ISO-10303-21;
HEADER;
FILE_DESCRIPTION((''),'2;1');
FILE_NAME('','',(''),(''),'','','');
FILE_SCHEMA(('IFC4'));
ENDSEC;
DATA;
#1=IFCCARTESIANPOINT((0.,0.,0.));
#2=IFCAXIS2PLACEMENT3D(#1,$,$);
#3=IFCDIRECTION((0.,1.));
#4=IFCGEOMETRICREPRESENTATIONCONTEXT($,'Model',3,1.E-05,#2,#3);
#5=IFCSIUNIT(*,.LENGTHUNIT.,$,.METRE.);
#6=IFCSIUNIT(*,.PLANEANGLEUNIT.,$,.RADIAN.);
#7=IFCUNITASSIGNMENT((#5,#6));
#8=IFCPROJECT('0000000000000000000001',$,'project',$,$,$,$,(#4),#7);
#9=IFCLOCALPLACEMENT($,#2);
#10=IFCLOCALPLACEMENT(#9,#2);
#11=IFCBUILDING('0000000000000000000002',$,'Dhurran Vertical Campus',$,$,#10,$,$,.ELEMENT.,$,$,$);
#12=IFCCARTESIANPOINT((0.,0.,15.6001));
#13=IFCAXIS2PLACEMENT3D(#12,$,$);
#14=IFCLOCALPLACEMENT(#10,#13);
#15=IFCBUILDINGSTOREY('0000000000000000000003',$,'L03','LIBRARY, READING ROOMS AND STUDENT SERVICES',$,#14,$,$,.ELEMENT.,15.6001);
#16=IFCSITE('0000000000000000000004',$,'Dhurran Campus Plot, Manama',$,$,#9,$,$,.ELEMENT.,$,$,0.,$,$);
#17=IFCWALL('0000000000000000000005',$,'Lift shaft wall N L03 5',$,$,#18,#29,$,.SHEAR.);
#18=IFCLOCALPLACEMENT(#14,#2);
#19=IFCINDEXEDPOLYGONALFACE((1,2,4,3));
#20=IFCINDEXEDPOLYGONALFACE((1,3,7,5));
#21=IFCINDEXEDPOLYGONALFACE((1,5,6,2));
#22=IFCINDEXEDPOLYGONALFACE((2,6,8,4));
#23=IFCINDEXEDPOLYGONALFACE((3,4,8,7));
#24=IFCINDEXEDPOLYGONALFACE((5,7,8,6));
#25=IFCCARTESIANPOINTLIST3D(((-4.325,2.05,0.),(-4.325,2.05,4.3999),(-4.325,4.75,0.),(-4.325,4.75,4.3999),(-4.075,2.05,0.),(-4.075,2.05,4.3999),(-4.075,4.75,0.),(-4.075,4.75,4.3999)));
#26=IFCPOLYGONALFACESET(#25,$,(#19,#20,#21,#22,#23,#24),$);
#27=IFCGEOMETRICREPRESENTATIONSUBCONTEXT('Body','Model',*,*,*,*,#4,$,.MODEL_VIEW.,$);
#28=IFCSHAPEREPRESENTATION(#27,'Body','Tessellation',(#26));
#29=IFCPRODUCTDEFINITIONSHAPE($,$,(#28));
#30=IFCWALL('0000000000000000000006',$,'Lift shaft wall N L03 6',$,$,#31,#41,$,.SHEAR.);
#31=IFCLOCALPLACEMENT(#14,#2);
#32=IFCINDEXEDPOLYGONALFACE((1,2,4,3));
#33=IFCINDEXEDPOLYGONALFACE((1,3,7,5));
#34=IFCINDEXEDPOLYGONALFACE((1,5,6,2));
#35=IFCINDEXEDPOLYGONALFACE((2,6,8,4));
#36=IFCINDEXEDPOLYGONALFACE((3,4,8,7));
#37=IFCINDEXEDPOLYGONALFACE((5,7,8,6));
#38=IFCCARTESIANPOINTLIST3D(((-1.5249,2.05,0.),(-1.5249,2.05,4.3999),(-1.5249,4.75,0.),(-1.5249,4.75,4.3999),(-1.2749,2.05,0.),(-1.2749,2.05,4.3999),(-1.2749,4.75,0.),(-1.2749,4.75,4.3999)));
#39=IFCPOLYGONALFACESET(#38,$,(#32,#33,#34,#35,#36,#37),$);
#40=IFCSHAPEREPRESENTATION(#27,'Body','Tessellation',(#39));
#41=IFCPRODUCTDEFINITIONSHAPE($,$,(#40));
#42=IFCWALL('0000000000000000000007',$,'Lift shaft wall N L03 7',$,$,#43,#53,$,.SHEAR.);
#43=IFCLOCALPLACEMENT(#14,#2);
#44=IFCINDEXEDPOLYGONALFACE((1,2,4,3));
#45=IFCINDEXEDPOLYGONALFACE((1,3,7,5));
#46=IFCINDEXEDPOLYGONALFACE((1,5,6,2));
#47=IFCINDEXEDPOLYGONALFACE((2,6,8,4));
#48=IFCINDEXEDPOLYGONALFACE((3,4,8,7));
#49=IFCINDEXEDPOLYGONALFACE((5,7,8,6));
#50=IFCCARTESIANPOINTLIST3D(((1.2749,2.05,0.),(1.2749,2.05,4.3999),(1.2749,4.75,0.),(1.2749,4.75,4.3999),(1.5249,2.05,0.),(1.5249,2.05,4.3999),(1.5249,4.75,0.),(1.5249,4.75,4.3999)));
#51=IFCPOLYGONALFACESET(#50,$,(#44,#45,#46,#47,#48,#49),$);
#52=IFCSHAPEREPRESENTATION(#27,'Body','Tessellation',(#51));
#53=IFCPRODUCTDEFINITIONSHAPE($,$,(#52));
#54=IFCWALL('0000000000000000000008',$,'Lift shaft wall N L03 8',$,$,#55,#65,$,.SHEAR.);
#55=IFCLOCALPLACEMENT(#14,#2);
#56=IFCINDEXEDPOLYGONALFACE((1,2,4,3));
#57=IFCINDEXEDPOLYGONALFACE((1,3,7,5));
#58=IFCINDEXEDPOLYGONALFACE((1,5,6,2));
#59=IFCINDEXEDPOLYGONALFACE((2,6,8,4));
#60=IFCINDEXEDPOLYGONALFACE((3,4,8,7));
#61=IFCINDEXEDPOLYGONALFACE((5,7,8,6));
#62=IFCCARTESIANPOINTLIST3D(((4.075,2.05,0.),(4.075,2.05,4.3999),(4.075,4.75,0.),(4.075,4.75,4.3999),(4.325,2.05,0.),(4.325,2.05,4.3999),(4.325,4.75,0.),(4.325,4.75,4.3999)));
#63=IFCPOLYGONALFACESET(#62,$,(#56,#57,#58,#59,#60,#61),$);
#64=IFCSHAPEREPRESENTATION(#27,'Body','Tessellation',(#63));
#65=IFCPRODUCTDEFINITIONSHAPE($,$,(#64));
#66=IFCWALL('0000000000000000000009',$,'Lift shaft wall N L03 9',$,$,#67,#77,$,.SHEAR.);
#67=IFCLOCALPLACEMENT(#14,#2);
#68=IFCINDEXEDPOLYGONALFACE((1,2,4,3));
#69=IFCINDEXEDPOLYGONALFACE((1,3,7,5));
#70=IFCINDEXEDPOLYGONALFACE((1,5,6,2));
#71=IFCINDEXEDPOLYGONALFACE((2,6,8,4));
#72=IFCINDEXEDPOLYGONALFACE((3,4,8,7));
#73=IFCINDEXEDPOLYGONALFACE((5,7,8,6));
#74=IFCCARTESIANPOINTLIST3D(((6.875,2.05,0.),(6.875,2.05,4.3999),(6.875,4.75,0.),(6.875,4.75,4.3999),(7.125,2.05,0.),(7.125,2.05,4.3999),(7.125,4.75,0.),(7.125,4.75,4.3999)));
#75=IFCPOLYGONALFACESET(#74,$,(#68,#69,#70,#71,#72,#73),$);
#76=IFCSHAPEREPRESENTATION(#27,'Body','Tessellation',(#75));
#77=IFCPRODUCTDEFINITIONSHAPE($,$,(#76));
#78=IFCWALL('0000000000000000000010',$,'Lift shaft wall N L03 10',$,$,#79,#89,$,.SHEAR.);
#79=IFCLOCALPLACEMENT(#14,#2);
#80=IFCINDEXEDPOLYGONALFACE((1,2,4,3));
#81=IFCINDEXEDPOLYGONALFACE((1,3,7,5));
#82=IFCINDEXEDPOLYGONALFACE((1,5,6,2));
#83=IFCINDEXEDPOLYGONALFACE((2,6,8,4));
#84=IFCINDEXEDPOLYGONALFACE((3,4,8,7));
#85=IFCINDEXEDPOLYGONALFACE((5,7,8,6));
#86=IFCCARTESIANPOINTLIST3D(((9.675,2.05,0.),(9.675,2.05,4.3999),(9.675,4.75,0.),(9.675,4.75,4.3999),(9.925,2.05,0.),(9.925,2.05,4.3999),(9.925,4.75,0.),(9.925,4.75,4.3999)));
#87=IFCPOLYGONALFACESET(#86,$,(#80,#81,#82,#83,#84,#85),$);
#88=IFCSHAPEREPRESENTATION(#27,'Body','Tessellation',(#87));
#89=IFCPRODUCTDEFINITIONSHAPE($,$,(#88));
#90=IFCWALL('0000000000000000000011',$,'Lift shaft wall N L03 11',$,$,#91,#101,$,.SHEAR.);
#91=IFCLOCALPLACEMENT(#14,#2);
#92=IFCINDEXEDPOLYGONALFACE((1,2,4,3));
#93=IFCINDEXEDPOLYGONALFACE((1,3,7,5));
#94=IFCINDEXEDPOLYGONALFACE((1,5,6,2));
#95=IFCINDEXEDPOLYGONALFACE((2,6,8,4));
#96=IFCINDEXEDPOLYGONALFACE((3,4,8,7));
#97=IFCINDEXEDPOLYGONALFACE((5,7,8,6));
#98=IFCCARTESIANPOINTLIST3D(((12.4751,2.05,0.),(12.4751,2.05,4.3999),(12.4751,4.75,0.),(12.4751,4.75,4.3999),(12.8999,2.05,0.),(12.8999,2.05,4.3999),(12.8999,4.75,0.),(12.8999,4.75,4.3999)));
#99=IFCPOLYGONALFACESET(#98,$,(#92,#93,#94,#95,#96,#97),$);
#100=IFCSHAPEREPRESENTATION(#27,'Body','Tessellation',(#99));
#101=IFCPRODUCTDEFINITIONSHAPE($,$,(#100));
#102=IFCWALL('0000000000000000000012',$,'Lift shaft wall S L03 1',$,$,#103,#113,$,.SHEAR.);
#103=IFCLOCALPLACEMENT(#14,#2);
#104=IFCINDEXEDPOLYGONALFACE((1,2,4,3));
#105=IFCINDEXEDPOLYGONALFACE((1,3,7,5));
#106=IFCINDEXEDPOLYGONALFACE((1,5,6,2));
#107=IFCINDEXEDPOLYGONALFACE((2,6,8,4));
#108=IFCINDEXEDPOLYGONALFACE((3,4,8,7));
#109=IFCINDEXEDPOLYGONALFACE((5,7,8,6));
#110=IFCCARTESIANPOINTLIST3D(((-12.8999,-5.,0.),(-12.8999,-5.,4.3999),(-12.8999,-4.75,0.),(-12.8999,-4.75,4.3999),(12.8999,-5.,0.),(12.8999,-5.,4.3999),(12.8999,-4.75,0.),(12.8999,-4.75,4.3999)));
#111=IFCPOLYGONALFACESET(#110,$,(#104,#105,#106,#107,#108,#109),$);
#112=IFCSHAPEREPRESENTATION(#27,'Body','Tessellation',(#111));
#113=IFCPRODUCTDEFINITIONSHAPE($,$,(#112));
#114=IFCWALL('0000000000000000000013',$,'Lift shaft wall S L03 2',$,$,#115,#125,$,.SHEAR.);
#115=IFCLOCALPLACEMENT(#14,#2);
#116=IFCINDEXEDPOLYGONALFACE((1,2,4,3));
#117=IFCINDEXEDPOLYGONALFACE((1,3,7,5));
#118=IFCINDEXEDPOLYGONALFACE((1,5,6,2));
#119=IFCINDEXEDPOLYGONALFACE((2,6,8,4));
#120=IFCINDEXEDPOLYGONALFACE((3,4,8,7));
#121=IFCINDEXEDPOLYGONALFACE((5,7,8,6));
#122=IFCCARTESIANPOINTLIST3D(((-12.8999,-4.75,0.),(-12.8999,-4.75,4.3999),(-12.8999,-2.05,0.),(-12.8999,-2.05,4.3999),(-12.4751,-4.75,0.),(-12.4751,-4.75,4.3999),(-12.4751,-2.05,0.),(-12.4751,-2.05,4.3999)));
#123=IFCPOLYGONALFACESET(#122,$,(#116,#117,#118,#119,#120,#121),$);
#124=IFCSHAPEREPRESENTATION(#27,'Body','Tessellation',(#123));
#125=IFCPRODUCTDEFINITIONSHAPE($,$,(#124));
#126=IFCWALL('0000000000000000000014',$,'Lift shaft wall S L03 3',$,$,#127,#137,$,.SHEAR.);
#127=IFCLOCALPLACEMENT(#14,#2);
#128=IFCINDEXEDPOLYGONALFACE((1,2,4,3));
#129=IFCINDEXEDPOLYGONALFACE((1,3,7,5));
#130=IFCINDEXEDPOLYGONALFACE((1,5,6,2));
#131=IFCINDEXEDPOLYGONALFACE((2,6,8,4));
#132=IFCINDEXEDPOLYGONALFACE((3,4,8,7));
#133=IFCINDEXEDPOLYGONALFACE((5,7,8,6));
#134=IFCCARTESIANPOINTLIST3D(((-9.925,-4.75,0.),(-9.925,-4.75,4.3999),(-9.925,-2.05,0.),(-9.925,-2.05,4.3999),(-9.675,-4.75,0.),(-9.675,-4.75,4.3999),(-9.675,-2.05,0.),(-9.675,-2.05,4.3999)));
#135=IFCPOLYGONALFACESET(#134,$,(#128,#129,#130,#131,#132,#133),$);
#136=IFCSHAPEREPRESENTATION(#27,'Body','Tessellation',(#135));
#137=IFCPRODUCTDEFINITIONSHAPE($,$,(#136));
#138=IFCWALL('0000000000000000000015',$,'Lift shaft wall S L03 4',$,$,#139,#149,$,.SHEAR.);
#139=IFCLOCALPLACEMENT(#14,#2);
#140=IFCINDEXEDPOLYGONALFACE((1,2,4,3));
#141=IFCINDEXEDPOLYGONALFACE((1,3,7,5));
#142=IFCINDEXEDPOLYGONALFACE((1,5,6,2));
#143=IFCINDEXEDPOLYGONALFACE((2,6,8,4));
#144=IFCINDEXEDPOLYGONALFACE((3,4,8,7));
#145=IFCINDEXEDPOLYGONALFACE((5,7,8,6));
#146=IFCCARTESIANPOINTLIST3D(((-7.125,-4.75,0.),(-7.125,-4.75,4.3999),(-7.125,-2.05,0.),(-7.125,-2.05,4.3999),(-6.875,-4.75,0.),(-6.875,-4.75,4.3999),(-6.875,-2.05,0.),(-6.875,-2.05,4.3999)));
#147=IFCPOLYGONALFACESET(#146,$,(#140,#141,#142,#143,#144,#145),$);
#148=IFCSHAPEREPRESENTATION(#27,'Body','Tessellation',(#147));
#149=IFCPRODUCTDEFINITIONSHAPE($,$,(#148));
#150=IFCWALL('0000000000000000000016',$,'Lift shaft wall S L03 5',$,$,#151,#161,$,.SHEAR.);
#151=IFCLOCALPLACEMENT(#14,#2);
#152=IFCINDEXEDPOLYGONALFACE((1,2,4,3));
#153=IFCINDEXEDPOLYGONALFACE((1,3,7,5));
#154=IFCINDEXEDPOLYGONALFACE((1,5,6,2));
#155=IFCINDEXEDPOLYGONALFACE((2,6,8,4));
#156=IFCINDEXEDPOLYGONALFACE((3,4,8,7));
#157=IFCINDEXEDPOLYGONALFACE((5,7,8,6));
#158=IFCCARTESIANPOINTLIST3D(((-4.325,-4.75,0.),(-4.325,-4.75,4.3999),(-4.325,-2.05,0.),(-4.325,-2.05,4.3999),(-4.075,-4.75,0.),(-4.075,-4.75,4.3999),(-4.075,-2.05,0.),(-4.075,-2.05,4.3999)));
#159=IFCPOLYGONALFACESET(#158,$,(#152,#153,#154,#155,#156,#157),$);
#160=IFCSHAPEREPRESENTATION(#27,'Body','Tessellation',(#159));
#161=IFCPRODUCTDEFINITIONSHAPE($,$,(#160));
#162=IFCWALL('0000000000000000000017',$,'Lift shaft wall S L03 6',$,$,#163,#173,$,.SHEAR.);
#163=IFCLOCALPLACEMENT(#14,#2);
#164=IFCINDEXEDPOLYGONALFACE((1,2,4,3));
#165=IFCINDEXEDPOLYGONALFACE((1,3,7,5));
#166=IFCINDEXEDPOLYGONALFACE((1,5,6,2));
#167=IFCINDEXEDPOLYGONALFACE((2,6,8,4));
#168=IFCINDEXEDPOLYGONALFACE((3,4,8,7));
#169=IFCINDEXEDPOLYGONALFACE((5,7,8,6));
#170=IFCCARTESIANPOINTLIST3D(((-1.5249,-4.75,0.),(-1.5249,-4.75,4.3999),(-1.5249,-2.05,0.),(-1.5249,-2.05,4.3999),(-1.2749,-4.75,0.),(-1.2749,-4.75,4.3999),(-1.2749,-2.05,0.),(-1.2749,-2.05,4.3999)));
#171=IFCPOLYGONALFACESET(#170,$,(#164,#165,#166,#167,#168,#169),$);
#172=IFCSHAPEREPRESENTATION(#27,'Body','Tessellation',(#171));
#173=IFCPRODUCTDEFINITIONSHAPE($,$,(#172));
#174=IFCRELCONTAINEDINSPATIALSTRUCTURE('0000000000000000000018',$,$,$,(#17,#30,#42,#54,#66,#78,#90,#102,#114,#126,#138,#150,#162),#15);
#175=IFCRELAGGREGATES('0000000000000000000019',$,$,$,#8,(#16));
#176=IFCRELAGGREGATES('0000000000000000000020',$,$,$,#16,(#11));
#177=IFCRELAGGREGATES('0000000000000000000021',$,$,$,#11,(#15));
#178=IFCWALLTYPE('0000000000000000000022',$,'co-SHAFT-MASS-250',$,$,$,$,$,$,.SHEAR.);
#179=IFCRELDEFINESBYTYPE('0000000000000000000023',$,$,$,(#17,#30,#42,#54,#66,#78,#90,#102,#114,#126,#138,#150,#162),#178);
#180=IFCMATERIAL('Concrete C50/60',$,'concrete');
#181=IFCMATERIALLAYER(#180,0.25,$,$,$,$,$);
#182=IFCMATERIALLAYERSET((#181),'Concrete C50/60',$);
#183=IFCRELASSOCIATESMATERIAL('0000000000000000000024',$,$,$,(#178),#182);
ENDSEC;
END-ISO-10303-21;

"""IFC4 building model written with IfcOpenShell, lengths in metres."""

from ifc_helpers import new_model, si_unit, direction, frame, origin, place, context, subcontext, project, spatial, polyline, outline, extrude, material, layer, layer_set, type_object, element, save


model = new_model("IFC4")

# Units and contexts
model_context = context("Model", 3, precision=1e-05, world=origin(), true_north=direction((0.0, 1.0)))
body_context = subcontext(model_context, "Body", "Model", "MODEL_VIEW")
ifc_project = project(units=[si_unit("LENGTHUNIT", "METRE"), si_unit("PLANEANGLEUNIT", "RADIAN")], contexts=[model_context])

# Site, building, storey
site_placement = place(None, origin())
site = spatial("IfcSite", under=ifc_project, at=site_placement, Name="Dhurran Campus Plot, Manama", CompositionType="ELEMENT", RefElevation=0.0)
building_placement = place(site_placement, origin())
building = spatial("IfcBuilding", under=site, at=building_placement, Name="Dhurran Vertical Campus", CompositionType="ELEMENT")
storey_placement = place(building_placement, frame((0.0, 0.0, 15.6001)))
storey = spatial("IfcBuildingStorey", under=building, at=storey_placement, Name="L03", Description="LIBRARY, READING ROOMS AND STUDENT SERVICES", CompositionType="ELEMENT", Elevation=15.6001)

# Walls
ifc_material_1 = material(Name="Concrete C50/60", Category="concrete")
ifc_layer_1 = layer(ifc_material_1, 0.25)
ifc_layer_set_1 = layer_set([ifc_layer_1], Name="Concrete C50/60")
wall_type_1 = type_object("IfcWallType", Name="co-SHAFT-MASS-250", PredefinedType="SHEAR", material=ifc_layer_set_1)
wall_1_placement = place(storey_placement, origin())
element("IfcWall", 1, at=wall_1_placement, inside=storey, type_object=wall_type_1, Name="Lift shaft wall N L03 5", PredefinedType="SHEAR", context=body_context, shape_type="SweptSolid", body=[
    extrude(outline(polyline([(-4.325, 2.05), (-4.075, 2.05), (-4.075, 4.75), (-4.325, 4.75), (-4.325, 2.05)])), origin(), (0.0, 0.0, 1.0), 4.3999),
])
wall_2_placement = place(storey_placement, origin())
element("IfcWall", 2, at=wall_2_placement, inside=storey, type_object=wall_type_1, Name="Lift shaft wall N L03 6", PredefinedType="SHEAR", context=body_context, shape_type="SweptSolid", body=[
    extrude(outline(polyline([(-1.5249, 2.05), (-1.2749, 2.05), (-1.2749, 4.75), (-1.5249, 4.75), (-1.5249, 2.05)])), origin(), (0.0, 0.0, 1.0), 4.3999),
])
wall_3_placement = place(storey_placement, origin())
element("IfcWall", 3, at=wall_3_placement, inside=storey, type_object=wall_type_1, Name="Lift shaft wall N L03 7", PredefinedType="SHEAR", context=body_context, shape_type="SweptSolid", body=[
    extrude(outline(polyline([(1.2749, 2.05), (1.5249, 2.05), (1.5249, 4.75), (1.2749, 4.75), (1.2749, 2.05)])), origin(), (0.0, 0.0, 1.0), 4.3999),
])
wall_4_placement = place(storey_placement, origin())
element("IfcWall", 4, at=wall_4_placement, inside=storey, type_object=wall_type_1, Name="Lift shaft wall N L03 8", PredefinedType="SHEAR", context=body_context, shape_type="SweptSolid", body=[
    extrude(outline(polyline([(4.075, 2.05), (4.325, 2.05), (4.325, 4.75), (4.075, 4.75), (4.075, 2.05)])), origin(), (0.0, 0.0, 1.0), 4.3999),
])
wall_5_placement = place(storey_placement, origin())
element("IfcWall", 5, at=wall_5_placement, inside=storey, type_object=wall_type_1, Name="Lift shaft wall N L03 9", PredefinedType="SHEAR", context=body_context, shape_type="SweptSolid", body=[
    extrude(outline(polyline([(6.875, 2.05), (7.125, 2.05), (7.125, 4.75), (6.875, 4.75), (6.875, 2.05)])), origin(), (0.0, 0.0, 1.0), 4.3999),
])
wall_6_placement = place(storey_placement, origin())
element("IfcWall", 6, at=wall_6_placement, inside=storey, type_object=wall_type_1, Name="Lift shaft wall N L03 10", PredefinedType="SHEAR", context=body_context, shape_type="SweptSolid", body=[
    extrude(outline(polyline([(9.675, 2.05), (9.925, 2.05), (9.925, 4.75), (9.675, 4.75), (9.675, 2.05)])), origin(), (0.0, 0.0, 1.0), 4.3999),
])
wall_7_placement = place(storey_placement, origin())
element("IfcWall", 7, at=wall_7_placement, inside=storey, type_object=wall_type_1, Name="Lift shaft wall N L03 11", PredefinedType="SHEAR", context=body_context, shape_type="SweptSolid", body=[
    extrude(outline(polyline([(12.4751, 2.05), (12.8999, 2.05), (12.8999, 4.75), (12.4751, 4.75), (12.4751, 2.05)])), origin(), (0.0, 0.0, 1.0), 4.3999),
])
wall_8_placement = place(storey_placement, origin())
element("IfcWall", 8, at=wall_8_placement, inside=storey, type_object=wall_type_1, Name="Lift shaft wall S L03 1", PredefinedType="SHEAR", context=body_context, shape_type="SweptSolid", body=[
    extrude(outline(polyline([(-12.8999, -5.0), (12.8999, -5.0), (12.8999, -4.75), (-12.8999, -4.75), (-12.8999, -5.0)])), origin(), (0.0, 0.0, 1.0), 4.3999),
])
wall_9_placement = place(storey_placement, origin())
element("IfcWall", 9, at=wall_9_placement, inside=storey, type_object=wall_type_1, Name="Lift shaft wall S L03 2", PredefinedType="SHEAR", context=body_context, shape_type="SweptSolid", body=[
    extrude(outline(polyline([(-12.8999, -4.75), (-12.4751, -4.75), (-12.4751, -2.05), (-12.8999, -2.05), (-12.8999, -4.75)])), origin(), (0.0, 0.0, 1.0), 4.3999),
])
wall_10_placement = place(storey_placement, origin())
element("IfcWall", 10, at=wall_10_placement, inside=storey, type_object=wall_type_1, Name="Lift shaft wall S L03 3", PredefinedType="SHEAR", context=body_context, shape_type="SweptSolid", body=[
    extrude(outline(polyline([(-9.925, -4.75), (-9.675, -4.75), (-9.675, -2.05), (-9.925, -2.05), (-9.925, -4.75)])), origin(), (0.0, 0.0, 1.0), 4.3999),
])
wall_11_placement = place(storey_placement, origin())
element("IfcWall", 11, at=wall_11_placement, inside=storey, type_object=wall_type_1, Name="Lift shaft wall S L03 4", PredefinedType="SHEAR", context=body_context, shape_type="SweptSolid", body=[
    extrude(outline(polyline([(-7.125, -4.75), (-6.875, -4.75), (-6.875, -2.05), (-7.125, -2.05), (-7.125, -4.75)])), origin(), (0.0, 0.0, 1.0), 4.3999),
])
wall_12_placement = place(storey_placement, origin())
element("IfcWall", 12, at=wall_12_placement, inside=storey, type_object=wall_type_1, Name="Lift shaft wall S L03 5", PredefinedType="SHEAR", context=body_context, shape_type="SweptSolid", body=[
    extrude(outline(polyline([(-4.325, -4.75), (-4.075, -4.75), (-4.075, -2.05), (-4.325, -2.05), (-4.325, -4.75)])), origin(), (0.0, 0.0, 1.0), 4.3999),
])
wall_13_placement = place(storey_placement, origin())
element("IfcWall", 13, at=wall_13_placement, inside=storey, type_object=wall_type_1, Name="Lift shaft wall S L03 6", PredefinedType="SHEAR", context=body_context, shape_type="SweptSolid", body=[
    extrude(outline(polyline([(-1.5249, -4.75), (-1.2749, -4.75), (-1.2749, -2.05), (-1.5249, -2.05), (-1.5249, -4.75)])), origin(), (0.0, 0.0, 1.0), 4.3999),
])

save(model, "model.ifc")
